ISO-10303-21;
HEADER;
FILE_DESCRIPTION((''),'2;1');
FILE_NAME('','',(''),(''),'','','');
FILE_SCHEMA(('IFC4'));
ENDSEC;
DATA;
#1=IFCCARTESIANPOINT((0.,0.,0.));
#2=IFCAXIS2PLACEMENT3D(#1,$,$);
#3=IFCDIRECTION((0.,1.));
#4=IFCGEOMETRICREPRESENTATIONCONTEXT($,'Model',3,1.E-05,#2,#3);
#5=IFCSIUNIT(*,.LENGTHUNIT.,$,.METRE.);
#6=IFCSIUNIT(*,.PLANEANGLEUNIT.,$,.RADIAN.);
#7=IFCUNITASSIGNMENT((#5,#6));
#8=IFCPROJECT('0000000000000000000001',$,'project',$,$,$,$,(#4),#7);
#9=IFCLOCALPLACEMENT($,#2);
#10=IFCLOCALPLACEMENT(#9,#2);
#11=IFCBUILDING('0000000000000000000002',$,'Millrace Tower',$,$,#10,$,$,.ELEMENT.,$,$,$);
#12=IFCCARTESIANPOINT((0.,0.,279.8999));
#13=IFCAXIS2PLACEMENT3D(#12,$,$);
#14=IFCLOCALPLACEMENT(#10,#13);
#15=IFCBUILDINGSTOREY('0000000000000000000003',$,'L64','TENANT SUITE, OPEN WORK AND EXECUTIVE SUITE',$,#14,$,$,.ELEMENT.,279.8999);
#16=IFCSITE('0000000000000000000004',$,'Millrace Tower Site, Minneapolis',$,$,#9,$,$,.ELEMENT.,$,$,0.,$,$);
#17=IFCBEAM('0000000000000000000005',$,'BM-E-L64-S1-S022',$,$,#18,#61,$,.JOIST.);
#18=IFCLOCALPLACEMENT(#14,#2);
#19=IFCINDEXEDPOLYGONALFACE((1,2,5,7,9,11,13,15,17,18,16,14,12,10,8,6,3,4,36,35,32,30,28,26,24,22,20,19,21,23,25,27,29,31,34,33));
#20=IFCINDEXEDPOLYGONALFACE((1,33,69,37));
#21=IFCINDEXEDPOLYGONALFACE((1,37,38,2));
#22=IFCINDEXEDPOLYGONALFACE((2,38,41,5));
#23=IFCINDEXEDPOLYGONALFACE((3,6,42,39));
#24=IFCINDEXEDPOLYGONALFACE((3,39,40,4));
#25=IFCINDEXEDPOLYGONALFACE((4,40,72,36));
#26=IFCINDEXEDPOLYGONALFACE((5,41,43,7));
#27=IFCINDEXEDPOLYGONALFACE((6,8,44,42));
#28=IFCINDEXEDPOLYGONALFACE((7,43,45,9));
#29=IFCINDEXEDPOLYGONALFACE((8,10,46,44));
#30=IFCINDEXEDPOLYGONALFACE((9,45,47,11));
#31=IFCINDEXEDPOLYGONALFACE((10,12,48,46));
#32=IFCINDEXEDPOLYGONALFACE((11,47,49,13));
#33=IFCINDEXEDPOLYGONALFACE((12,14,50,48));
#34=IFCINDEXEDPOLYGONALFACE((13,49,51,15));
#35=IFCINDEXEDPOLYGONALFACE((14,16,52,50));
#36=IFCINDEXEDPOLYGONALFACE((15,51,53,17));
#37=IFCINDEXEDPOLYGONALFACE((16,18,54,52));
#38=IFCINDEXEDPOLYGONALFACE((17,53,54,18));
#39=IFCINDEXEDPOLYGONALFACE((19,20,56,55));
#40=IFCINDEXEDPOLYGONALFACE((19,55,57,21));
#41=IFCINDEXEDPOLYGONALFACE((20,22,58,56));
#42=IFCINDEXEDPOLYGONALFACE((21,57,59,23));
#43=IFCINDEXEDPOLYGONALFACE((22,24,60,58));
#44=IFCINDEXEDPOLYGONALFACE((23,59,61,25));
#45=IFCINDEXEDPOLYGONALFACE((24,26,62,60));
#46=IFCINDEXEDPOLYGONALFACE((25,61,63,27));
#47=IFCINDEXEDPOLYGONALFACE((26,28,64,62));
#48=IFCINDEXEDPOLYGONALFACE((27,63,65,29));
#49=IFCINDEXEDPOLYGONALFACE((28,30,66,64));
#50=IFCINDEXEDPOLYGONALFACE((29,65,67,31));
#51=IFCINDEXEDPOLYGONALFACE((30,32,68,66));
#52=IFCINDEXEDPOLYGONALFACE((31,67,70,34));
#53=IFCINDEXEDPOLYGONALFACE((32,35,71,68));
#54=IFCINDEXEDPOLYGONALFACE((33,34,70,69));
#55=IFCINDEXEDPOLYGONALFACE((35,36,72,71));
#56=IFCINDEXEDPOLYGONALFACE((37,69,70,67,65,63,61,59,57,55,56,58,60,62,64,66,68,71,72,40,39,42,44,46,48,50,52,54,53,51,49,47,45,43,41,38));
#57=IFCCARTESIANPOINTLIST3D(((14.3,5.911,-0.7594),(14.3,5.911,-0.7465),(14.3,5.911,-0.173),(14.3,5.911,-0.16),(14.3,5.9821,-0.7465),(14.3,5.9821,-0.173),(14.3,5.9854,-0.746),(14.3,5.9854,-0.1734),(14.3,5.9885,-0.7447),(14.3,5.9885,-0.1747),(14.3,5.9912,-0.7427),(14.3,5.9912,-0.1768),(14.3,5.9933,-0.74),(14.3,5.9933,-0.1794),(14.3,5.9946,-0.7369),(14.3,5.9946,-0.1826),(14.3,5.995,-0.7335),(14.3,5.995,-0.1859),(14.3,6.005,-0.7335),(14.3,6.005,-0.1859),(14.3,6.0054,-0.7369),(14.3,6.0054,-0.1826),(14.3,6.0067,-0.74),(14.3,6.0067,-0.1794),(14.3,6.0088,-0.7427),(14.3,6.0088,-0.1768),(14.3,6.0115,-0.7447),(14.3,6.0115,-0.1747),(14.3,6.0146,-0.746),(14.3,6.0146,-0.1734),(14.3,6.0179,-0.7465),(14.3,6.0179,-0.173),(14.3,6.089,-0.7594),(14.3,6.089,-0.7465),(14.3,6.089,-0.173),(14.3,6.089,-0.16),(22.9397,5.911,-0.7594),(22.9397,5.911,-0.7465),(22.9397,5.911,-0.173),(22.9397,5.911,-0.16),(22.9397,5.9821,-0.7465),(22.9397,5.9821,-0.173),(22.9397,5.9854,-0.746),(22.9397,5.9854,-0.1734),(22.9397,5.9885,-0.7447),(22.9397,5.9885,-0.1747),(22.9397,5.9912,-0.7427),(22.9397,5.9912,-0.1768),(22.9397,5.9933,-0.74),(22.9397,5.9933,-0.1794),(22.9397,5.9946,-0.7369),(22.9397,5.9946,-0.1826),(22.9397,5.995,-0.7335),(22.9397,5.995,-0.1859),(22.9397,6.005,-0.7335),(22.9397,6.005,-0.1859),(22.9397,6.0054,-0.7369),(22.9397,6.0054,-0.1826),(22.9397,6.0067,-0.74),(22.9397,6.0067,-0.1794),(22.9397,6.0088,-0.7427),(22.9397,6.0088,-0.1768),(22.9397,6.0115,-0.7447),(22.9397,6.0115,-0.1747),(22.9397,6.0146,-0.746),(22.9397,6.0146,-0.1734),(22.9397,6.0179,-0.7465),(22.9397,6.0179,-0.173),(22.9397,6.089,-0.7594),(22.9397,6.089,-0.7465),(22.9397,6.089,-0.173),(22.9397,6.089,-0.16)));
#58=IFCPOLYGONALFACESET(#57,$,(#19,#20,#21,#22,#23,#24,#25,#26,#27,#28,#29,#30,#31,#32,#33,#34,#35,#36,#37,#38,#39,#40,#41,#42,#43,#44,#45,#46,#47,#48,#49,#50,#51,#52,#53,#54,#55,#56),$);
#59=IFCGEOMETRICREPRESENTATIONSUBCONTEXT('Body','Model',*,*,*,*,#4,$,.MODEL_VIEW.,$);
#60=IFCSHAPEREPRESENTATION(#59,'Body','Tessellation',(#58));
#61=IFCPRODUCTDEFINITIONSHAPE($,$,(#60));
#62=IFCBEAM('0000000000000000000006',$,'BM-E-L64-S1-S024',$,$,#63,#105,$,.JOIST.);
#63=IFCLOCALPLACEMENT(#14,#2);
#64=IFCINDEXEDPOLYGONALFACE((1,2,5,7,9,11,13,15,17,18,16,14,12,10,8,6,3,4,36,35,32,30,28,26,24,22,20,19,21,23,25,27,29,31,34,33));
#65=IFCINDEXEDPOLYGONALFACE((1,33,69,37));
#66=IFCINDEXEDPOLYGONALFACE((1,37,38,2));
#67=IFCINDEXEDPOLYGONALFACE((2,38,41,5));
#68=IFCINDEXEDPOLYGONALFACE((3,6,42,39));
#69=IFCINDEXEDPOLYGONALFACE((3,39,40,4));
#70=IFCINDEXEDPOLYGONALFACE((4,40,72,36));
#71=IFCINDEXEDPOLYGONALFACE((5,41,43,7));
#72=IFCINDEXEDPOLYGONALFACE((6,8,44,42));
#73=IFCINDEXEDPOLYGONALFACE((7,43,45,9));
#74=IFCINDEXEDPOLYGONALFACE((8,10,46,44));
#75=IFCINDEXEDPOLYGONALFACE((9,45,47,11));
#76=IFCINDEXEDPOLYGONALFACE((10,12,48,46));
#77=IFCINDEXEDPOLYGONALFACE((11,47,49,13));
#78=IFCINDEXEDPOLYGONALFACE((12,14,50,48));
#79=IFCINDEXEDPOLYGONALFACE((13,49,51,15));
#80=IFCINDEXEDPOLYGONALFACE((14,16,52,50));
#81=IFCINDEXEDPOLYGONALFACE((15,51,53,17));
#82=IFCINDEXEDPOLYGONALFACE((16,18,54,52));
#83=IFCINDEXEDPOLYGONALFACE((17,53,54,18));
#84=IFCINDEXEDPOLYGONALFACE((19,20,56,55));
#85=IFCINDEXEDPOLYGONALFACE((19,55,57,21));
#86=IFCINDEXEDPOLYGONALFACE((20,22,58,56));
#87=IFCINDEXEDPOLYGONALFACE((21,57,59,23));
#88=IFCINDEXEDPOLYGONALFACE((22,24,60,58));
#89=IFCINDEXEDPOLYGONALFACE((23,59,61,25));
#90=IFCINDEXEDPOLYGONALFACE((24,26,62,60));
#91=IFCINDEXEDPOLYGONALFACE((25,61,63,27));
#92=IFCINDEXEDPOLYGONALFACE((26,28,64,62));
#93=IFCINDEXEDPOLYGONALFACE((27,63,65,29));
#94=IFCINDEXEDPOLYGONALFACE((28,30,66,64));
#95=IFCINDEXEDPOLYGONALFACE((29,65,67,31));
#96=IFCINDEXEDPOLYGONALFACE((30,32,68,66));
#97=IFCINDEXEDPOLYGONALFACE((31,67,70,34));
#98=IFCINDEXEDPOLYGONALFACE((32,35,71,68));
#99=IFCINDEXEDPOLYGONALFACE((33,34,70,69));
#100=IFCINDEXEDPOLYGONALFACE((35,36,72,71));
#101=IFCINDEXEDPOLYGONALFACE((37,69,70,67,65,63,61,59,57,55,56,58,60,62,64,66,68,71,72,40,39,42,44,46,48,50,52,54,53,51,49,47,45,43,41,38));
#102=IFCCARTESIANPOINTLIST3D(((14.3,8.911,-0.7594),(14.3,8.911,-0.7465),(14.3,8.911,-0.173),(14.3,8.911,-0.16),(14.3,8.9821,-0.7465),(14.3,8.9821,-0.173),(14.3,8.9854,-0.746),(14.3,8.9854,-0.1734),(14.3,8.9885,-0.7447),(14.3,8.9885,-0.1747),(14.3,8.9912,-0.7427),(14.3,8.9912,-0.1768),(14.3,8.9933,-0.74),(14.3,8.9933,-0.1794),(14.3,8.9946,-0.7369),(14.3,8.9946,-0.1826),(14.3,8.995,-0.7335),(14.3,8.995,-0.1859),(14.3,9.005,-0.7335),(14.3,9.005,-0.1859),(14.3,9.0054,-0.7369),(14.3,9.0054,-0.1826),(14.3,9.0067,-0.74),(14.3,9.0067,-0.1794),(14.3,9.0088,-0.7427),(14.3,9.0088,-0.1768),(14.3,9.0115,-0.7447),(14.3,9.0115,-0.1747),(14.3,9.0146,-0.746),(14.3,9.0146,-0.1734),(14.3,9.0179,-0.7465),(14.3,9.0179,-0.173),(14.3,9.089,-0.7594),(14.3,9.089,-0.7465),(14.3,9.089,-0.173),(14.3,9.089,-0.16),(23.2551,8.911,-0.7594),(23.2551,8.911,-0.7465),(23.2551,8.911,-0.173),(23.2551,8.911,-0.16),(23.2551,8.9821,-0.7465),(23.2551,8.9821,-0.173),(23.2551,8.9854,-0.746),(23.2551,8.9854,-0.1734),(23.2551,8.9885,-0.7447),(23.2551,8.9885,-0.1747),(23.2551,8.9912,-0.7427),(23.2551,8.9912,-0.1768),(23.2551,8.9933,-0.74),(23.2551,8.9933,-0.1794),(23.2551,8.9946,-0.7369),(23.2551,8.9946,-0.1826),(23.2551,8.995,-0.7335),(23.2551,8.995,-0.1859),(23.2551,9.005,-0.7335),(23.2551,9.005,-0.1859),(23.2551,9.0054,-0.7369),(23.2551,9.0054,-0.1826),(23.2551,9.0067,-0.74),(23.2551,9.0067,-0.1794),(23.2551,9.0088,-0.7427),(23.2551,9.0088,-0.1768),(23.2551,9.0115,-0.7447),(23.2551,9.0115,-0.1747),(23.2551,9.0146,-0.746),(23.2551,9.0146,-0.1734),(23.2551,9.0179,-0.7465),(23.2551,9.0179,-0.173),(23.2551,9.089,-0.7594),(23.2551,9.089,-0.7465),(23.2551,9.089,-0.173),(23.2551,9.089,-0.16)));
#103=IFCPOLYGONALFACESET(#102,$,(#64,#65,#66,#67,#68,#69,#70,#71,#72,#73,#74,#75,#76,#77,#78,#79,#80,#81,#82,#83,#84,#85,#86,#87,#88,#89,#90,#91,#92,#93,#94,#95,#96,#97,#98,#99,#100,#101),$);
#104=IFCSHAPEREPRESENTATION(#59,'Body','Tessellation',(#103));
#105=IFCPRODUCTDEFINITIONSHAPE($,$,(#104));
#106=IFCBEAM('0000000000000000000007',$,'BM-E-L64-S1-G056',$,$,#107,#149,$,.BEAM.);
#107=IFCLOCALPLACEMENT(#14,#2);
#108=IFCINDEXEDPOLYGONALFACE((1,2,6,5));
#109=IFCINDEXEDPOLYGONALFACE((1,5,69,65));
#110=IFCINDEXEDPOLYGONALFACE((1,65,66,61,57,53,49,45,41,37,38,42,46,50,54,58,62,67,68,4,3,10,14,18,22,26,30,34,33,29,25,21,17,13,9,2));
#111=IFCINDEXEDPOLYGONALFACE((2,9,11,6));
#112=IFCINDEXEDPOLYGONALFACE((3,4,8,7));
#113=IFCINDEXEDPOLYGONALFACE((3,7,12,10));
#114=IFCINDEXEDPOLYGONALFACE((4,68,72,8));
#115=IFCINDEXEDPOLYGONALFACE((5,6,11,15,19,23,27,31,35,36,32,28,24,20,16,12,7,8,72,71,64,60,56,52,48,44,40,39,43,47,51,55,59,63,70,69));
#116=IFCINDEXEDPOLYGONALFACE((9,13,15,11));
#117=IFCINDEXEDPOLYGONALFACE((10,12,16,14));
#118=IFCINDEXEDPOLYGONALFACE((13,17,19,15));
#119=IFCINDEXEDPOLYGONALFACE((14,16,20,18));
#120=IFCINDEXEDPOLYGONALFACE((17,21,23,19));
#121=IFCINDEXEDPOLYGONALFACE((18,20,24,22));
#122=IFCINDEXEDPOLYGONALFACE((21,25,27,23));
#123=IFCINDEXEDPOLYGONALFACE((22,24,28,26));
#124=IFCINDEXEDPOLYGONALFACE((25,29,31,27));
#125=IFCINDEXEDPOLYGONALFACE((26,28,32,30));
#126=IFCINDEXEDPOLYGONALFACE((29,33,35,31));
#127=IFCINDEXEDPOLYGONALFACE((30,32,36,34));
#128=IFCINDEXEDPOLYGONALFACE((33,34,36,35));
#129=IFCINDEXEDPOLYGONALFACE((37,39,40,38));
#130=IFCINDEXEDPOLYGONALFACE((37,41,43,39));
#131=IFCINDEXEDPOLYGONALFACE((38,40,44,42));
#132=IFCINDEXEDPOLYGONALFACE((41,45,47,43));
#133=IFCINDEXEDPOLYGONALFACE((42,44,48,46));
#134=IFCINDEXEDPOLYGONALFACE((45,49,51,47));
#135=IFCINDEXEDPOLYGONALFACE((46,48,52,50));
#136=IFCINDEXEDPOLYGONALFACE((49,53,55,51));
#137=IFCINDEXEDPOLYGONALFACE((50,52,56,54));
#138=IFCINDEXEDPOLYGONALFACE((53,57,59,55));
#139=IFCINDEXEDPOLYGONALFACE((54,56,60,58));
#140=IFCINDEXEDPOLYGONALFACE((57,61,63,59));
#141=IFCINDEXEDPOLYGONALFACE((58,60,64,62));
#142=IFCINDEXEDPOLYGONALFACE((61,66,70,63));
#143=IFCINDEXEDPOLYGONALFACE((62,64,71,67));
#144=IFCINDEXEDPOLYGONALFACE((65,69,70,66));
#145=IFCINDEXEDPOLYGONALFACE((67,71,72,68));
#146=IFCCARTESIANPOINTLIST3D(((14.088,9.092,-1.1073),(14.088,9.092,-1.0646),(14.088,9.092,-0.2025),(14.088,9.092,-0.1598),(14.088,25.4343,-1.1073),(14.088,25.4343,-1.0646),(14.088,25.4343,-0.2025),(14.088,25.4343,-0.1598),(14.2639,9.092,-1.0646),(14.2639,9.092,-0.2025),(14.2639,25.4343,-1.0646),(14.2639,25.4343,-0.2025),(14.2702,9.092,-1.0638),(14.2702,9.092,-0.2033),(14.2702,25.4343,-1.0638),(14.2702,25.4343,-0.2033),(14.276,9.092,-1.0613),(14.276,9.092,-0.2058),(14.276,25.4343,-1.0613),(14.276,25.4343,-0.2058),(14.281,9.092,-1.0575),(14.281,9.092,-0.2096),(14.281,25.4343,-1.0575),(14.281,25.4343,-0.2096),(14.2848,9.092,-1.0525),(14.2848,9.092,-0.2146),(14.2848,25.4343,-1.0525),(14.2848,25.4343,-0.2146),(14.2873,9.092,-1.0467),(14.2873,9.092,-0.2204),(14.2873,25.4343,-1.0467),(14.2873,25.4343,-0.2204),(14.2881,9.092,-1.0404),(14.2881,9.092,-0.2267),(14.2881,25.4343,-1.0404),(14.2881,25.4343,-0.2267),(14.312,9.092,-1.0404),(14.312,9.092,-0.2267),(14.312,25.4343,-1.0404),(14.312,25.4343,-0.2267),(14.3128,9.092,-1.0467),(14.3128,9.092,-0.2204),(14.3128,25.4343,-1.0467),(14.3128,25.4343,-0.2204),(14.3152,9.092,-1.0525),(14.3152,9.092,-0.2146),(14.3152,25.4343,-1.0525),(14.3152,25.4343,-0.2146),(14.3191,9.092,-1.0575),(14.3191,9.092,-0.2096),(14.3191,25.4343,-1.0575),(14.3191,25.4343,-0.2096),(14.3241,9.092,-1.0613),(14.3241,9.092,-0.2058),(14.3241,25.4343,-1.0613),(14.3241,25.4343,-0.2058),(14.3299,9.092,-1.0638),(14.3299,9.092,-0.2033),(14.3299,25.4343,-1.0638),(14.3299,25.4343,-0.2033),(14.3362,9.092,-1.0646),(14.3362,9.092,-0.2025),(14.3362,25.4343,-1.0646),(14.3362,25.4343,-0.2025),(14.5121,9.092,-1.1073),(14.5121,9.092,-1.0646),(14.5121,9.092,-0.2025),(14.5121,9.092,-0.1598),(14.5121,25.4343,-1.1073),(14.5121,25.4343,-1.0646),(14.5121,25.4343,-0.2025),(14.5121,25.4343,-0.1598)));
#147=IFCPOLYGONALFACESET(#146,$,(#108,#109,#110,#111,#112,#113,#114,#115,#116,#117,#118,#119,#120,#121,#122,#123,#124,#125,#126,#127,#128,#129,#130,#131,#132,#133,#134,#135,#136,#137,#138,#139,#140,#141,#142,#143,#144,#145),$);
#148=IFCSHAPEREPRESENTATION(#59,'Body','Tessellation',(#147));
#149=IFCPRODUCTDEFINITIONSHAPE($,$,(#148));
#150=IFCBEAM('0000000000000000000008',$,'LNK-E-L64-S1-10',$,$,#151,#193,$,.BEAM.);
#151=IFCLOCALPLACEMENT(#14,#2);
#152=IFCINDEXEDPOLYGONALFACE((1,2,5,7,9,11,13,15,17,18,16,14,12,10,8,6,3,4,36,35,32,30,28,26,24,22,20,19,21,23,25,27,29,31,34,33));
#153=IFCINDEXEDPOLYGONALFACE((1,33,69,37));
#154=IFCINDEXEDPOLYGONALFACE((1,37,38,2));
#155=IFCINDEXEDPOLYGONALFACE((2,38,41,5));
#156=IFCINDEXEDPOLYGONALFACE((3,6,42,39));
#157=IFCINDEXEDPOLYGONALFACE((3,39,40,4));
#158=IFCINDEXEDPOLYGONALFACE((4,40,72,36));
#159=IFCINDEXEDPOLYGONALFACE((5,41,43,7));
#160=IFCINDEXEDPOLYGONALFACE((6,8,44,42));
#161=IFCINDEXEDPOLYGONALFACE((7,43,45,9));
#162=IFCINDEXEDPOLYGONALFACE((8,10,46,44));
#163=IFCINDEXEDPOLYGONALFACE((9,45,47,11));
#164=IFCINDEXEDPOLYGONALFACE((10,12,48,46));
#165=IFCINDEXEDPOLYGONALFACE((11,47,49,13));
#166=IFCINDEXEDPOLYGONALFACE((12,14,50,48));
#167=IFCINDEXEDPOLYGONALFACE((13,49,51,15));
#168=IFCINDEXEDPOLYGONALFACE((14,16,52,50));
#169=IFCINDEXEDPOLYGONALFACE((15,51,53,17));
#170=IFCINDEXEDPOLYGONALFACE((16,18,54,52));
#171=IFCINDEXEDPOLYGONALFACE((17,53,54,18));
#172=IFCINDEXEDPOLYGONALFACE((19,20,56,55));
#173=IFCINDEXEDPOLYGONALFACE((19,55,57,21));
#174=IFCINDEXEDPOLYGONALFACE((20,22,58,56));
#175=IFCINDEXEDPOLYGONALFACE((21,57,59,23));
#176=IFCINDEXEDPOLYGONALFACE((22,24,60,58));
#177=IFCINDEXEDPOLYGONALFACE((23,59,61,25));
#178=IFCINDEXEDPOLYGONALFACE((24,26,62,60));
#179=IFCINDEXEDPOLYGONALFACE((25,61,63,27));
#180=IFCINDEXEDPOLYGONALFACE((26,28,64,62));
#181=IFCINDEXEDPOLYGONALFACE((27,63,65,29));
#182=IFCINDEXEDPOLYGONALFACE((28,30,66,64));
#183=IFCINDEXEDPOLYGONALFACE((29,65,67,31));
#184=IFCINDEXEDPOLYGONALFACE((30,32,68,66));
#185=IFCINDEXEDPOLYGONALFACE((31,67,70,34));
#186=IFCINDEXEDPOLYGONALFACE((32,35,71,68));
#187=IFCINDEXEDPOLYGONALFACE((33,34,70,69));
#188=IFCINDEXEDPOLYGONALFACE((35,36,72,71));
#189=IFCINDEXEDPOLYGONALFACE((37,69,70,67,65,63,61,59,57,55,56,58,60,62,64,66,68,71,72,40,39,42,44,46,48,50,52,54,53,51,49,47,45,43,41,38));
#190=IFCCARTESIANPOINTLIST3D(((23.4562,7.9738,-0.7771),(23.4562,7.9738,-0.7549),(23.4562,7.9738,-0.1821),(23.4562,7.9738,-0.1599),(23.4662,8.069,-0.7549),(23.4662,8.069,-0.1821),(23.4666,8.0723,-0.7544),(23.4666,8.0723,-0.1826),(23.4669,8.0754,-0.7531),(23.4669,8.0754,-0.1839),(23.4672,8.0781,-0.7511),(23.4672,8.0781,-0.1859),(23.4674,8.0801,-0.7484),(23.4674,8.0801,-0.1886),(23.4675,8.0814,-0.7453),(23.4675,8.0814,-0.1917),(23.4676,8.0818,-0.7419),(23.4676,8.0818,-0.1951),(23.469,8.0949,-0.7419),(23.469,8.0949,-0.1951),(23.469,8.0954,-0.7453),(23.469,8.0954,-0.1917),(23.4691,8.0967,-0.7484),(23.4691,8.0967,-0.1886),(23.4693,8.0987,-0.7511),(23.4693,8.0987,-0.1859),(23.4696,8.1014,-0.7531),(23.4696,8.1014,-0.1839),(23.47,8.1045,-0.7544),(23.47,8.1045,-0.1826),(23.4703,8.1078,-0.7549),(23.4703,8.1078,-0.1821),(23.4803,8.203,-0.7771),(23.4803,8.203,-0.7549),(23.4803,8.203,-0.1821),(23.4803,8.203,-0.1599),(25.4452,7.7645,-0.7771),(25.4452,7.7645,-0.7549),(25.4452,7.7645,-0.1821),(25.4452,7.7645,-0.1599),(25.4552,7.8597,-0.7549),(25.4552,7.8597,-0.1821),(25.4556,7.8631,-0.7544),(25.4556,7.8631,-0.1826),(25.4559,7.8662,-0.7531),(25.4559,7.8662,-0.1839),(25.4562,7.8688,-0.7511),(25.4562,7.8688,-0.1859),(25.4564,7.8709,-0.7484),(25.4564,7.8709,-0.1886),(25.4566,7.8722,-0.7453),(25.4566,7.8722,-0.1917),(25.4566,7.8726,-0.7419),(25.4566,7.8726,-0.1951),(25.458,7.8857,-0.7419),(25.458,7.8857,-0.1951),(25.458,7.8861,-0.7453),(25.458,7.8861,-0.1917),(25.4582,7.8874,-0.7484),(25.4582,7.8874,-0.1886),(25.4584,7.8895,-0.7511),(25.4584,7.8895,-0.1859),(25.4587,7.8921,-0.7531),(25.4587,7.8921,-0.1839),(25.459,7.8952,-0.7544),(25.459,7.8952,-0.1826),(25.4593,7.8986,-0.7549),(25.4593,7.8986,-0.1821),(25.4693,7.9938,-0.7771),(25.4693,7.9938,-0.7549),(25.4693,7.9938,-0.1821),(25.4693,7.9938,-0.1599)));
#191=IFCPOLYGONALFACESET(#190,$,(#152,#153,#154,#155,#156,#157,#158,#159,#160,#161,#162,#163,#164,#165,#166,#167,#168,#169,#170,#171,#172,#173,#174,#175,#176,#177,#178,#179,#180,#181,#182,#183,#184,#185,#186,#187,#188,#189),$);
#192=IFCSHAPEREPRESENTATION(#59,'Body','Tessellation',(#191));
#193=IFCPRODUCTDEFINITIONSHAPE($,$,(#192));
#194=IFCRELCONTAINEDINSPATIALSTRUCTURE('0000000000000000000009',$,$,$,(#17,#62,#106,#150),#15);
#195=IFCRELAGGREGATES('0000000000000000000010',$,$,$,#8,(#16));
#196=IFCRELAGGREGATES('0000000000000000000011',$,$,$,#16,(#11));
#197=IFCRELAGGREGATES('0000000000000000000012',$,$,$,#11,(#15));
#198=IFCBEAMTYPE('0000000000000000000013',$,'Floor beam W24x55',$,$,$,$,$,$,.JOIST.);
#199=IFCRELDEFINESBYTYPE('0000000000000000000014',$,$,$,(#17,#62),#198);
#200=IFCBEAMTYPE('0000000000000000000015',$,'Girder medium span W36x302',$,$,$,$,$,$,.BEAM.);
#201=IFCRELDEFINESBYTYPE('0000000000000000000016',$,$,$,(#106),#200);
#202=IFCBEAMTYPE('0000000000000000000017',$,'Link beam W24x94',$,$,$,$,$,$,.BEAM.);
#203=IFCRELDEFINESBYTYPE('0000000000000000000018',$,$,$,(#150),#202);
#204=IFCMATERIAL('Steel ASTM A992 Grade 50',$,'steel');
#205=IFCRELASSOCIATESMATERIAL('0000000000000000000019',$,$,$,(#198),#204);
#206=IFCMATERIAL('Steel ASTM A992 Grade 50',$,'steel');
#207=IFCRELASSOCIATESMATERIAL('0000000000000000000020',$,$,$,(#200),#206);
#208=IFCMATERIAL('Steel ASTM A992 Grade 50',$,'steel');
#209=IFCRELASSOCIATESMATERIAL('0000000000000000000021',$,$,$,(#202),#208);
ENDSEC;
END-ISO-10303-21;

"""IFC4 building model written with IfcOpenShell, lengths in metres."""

from ifc_helpers import new_model, si_unit, direction, frame, origin, origin_2d, place, context, subcontext, project, spatial, i_section, extrude, material, material_profile, profile_set, type_object, element, save


model = new_model("IFC4")

# Units and contexts
model_context = context("Model", 3, precision=1e-05, world=origin(), true_north=direction((0.0, 1.0)))
body_context = subcontext(model_context, "Body", "Model", "MODEL_VIEW")
ifc_project = project(units=[si_unit("LENGTHUNIT", "METRE"), si_unit("PLANEANGLEUNIT", "RADIAN")], contexts=[model_context])

# Site, building, storey
site_placement = place(None, origin())
site = spatial("IfcSite", under=ifc_project, at=site_placement, Name="Millrace Tower Site, Minneapolis", CompositionType="ELEMENT", RefElevation=0.0)
building_placement = place(site_placement, origin())
building = spatial("IfcBuilding", under=site, at=building_placement, Name="Millrace Tower", CompositionType="ELEMENT")
storey_placement = place(building_placement, frame((0.0, 0.0, 279.8999)))
storey = spatial("IfcBuildingStorey", under=building, at=storey_placement, Name="L64", Description="TENANT SUITE, OPEN WORK AND EXECUTIVE SUITE", CompositionType="ELEMENT", Elevation=279.8999)

# Beams
ifc_material_1 = material(Name="Steel ASTM A992 Grade 50", Category="steel")
ifc_material_profile_1 = material_profile(ifc_material_1, i_section(OverallWidth=0.178, OverallDepth=0.5994, WebThickness=0.01, FlangeThickness=0.0129, FilletRadius=0.0129, at=origin_2d()))
ifc_profile_set_1 = profile_set([ifc_material_profile_1], Name="Steel ASTM A992 Grade 50")
beam_type_1 = type_object("IfcBeamType", Name="Floor beam W24x55", PredefinedType="JOIST", material=ifc_profile_set_1)
beam_1_placement = place(storey_placement, frame((14.3, 6.0, -0.4597), z_axis=(1.0, 0.0, 0.0), x_axis=(0.0, 1.0, 0.0)))
element("IfcBeam", 1, at=beam_1_placement, inside=storey, type_object=beam_type_1, Name="BM-E-L64-S1-S022", PredefinedType="JOIST", context=body_context, shape_type="SweptSolid", body=[
    extrude(i_section(OverallWidth=0.178, OverallDepth=0.5994, WebThickness=0.01, FlangeThickness=0.0129, FilletRadius=0.0129, at=origin_2d()), origin(), (0.0, 0.0, 1.0), 8.6396),
])
beam_2_placement = place(storey_placement, frame((14.3, 9.0, -0.4597), z_axis=(1.0, 0.0, 0.0), x_axis=(0.0, 1.0, 0.0)))
element("IfcBeam", 2, at=beam_2_placement, inside=storey, type_object=beam_type_1, Name="BM-E-L64-S1-S024", PredefinedType="JOIST", context=body_context, shape_type="SweptSolid", body=[
    extrude(i_section(OverallWidth=0.178, OverallDepth=0.5994, WebThickness=0.01, FlangeThickness=0.0129, FilletRadius=0.0129, at=origin_2d()), origin(), (0.0, 0.0, 1.0), 8.9551),
])
ifc_material_2 = material(Name="Steel ASTM A992 Grade 50", Category="steel")
ifc_material_profile_2 = material_profile(ifc_material_2, i_section(OverallWidth=0.4241, OverallDepth=0.9475, WebThickness=0.0239, FlangeThickness=0.0427, FilletRadius=0.0242, at=origin_2d()))
ifc_profile_set_2 = profile_set([ifc_material_profile_2], Name="Steel ASTM A992 Grade 50")
beam_type_2 = type_object("IfcBeamType", Name="Girder medium span W36x302", PredefinedType="BEAM", material=ifc_profile_set_2)
beam_3_placement = place(storey_placement, frame((14.3, 9.092, -0.6335), z_axis=(0.0, 1.0, 0.0), x_axis=(-1.0, 0.0, 0.0)))
element("IfcBeam", 3, at=beam_3_placement, inside=storey, type_object=beam_type_2, Name="BM-E-L64-S1-G056", PredefinedType="BEAM", context=body_context, shape_type="SweptSolid", body=[
    extrude(i_section(OverallWidth=0.4241, OverallDepth=0.9475, WebThickness=0.0239, FlangeThickness=0.0427, FilletRadius=0.0242, at=origin_2d()), origin(), (0.0, 0.0, 1.0), 16.3423),
])
ifc_material_3 = material(Name="Steel ASTM A992 Grade 50", Category="steel")
ifc_material_profile_3 = material_profile(ifc_material_3, i_section(OverallWidth=0.2305, OverallDepth=0.6172, WebThickness=0.0132, FlangeThickness=0.0222, FilletRadius=0.0129, at=origin_2d()))
ifc_profile_set_3 = profile_set([ifc_material_profile_3], Name="Steel ASTM A992 Grade 50")
beam_type_3 = type_object("IfcBeamType", Name="Link beam W24x94", PredefinedType="BEAM", material=ifc_profile_set_3)
beam_4_placement = place(storey_placement, frame((23.4683, 8.0884, -0.4685), z_axis=(0.994513, -0.104615, 0.0), x_axis=(0.104615, 0.994513, 0.0)))
element("IfcBeam", 4, at=beam_4_placement, inside=storey, type_object=beam_type_3, Name="LNK-E-L64-S1-10", PredefinedType="BEAM", context=body_context, shape_type="SweptSolid", body=[
    extrude(i_section(OverallWidth=0.2305, OverallDepth=0.6172, WebThickness=0.0132, FlangeThickness=0.0222, FilletRadius=0.0129, at=origin_2d()), origin(), (0.0, 0.0, 1.0), 2.0),
])

save(model, "model.ifc")
